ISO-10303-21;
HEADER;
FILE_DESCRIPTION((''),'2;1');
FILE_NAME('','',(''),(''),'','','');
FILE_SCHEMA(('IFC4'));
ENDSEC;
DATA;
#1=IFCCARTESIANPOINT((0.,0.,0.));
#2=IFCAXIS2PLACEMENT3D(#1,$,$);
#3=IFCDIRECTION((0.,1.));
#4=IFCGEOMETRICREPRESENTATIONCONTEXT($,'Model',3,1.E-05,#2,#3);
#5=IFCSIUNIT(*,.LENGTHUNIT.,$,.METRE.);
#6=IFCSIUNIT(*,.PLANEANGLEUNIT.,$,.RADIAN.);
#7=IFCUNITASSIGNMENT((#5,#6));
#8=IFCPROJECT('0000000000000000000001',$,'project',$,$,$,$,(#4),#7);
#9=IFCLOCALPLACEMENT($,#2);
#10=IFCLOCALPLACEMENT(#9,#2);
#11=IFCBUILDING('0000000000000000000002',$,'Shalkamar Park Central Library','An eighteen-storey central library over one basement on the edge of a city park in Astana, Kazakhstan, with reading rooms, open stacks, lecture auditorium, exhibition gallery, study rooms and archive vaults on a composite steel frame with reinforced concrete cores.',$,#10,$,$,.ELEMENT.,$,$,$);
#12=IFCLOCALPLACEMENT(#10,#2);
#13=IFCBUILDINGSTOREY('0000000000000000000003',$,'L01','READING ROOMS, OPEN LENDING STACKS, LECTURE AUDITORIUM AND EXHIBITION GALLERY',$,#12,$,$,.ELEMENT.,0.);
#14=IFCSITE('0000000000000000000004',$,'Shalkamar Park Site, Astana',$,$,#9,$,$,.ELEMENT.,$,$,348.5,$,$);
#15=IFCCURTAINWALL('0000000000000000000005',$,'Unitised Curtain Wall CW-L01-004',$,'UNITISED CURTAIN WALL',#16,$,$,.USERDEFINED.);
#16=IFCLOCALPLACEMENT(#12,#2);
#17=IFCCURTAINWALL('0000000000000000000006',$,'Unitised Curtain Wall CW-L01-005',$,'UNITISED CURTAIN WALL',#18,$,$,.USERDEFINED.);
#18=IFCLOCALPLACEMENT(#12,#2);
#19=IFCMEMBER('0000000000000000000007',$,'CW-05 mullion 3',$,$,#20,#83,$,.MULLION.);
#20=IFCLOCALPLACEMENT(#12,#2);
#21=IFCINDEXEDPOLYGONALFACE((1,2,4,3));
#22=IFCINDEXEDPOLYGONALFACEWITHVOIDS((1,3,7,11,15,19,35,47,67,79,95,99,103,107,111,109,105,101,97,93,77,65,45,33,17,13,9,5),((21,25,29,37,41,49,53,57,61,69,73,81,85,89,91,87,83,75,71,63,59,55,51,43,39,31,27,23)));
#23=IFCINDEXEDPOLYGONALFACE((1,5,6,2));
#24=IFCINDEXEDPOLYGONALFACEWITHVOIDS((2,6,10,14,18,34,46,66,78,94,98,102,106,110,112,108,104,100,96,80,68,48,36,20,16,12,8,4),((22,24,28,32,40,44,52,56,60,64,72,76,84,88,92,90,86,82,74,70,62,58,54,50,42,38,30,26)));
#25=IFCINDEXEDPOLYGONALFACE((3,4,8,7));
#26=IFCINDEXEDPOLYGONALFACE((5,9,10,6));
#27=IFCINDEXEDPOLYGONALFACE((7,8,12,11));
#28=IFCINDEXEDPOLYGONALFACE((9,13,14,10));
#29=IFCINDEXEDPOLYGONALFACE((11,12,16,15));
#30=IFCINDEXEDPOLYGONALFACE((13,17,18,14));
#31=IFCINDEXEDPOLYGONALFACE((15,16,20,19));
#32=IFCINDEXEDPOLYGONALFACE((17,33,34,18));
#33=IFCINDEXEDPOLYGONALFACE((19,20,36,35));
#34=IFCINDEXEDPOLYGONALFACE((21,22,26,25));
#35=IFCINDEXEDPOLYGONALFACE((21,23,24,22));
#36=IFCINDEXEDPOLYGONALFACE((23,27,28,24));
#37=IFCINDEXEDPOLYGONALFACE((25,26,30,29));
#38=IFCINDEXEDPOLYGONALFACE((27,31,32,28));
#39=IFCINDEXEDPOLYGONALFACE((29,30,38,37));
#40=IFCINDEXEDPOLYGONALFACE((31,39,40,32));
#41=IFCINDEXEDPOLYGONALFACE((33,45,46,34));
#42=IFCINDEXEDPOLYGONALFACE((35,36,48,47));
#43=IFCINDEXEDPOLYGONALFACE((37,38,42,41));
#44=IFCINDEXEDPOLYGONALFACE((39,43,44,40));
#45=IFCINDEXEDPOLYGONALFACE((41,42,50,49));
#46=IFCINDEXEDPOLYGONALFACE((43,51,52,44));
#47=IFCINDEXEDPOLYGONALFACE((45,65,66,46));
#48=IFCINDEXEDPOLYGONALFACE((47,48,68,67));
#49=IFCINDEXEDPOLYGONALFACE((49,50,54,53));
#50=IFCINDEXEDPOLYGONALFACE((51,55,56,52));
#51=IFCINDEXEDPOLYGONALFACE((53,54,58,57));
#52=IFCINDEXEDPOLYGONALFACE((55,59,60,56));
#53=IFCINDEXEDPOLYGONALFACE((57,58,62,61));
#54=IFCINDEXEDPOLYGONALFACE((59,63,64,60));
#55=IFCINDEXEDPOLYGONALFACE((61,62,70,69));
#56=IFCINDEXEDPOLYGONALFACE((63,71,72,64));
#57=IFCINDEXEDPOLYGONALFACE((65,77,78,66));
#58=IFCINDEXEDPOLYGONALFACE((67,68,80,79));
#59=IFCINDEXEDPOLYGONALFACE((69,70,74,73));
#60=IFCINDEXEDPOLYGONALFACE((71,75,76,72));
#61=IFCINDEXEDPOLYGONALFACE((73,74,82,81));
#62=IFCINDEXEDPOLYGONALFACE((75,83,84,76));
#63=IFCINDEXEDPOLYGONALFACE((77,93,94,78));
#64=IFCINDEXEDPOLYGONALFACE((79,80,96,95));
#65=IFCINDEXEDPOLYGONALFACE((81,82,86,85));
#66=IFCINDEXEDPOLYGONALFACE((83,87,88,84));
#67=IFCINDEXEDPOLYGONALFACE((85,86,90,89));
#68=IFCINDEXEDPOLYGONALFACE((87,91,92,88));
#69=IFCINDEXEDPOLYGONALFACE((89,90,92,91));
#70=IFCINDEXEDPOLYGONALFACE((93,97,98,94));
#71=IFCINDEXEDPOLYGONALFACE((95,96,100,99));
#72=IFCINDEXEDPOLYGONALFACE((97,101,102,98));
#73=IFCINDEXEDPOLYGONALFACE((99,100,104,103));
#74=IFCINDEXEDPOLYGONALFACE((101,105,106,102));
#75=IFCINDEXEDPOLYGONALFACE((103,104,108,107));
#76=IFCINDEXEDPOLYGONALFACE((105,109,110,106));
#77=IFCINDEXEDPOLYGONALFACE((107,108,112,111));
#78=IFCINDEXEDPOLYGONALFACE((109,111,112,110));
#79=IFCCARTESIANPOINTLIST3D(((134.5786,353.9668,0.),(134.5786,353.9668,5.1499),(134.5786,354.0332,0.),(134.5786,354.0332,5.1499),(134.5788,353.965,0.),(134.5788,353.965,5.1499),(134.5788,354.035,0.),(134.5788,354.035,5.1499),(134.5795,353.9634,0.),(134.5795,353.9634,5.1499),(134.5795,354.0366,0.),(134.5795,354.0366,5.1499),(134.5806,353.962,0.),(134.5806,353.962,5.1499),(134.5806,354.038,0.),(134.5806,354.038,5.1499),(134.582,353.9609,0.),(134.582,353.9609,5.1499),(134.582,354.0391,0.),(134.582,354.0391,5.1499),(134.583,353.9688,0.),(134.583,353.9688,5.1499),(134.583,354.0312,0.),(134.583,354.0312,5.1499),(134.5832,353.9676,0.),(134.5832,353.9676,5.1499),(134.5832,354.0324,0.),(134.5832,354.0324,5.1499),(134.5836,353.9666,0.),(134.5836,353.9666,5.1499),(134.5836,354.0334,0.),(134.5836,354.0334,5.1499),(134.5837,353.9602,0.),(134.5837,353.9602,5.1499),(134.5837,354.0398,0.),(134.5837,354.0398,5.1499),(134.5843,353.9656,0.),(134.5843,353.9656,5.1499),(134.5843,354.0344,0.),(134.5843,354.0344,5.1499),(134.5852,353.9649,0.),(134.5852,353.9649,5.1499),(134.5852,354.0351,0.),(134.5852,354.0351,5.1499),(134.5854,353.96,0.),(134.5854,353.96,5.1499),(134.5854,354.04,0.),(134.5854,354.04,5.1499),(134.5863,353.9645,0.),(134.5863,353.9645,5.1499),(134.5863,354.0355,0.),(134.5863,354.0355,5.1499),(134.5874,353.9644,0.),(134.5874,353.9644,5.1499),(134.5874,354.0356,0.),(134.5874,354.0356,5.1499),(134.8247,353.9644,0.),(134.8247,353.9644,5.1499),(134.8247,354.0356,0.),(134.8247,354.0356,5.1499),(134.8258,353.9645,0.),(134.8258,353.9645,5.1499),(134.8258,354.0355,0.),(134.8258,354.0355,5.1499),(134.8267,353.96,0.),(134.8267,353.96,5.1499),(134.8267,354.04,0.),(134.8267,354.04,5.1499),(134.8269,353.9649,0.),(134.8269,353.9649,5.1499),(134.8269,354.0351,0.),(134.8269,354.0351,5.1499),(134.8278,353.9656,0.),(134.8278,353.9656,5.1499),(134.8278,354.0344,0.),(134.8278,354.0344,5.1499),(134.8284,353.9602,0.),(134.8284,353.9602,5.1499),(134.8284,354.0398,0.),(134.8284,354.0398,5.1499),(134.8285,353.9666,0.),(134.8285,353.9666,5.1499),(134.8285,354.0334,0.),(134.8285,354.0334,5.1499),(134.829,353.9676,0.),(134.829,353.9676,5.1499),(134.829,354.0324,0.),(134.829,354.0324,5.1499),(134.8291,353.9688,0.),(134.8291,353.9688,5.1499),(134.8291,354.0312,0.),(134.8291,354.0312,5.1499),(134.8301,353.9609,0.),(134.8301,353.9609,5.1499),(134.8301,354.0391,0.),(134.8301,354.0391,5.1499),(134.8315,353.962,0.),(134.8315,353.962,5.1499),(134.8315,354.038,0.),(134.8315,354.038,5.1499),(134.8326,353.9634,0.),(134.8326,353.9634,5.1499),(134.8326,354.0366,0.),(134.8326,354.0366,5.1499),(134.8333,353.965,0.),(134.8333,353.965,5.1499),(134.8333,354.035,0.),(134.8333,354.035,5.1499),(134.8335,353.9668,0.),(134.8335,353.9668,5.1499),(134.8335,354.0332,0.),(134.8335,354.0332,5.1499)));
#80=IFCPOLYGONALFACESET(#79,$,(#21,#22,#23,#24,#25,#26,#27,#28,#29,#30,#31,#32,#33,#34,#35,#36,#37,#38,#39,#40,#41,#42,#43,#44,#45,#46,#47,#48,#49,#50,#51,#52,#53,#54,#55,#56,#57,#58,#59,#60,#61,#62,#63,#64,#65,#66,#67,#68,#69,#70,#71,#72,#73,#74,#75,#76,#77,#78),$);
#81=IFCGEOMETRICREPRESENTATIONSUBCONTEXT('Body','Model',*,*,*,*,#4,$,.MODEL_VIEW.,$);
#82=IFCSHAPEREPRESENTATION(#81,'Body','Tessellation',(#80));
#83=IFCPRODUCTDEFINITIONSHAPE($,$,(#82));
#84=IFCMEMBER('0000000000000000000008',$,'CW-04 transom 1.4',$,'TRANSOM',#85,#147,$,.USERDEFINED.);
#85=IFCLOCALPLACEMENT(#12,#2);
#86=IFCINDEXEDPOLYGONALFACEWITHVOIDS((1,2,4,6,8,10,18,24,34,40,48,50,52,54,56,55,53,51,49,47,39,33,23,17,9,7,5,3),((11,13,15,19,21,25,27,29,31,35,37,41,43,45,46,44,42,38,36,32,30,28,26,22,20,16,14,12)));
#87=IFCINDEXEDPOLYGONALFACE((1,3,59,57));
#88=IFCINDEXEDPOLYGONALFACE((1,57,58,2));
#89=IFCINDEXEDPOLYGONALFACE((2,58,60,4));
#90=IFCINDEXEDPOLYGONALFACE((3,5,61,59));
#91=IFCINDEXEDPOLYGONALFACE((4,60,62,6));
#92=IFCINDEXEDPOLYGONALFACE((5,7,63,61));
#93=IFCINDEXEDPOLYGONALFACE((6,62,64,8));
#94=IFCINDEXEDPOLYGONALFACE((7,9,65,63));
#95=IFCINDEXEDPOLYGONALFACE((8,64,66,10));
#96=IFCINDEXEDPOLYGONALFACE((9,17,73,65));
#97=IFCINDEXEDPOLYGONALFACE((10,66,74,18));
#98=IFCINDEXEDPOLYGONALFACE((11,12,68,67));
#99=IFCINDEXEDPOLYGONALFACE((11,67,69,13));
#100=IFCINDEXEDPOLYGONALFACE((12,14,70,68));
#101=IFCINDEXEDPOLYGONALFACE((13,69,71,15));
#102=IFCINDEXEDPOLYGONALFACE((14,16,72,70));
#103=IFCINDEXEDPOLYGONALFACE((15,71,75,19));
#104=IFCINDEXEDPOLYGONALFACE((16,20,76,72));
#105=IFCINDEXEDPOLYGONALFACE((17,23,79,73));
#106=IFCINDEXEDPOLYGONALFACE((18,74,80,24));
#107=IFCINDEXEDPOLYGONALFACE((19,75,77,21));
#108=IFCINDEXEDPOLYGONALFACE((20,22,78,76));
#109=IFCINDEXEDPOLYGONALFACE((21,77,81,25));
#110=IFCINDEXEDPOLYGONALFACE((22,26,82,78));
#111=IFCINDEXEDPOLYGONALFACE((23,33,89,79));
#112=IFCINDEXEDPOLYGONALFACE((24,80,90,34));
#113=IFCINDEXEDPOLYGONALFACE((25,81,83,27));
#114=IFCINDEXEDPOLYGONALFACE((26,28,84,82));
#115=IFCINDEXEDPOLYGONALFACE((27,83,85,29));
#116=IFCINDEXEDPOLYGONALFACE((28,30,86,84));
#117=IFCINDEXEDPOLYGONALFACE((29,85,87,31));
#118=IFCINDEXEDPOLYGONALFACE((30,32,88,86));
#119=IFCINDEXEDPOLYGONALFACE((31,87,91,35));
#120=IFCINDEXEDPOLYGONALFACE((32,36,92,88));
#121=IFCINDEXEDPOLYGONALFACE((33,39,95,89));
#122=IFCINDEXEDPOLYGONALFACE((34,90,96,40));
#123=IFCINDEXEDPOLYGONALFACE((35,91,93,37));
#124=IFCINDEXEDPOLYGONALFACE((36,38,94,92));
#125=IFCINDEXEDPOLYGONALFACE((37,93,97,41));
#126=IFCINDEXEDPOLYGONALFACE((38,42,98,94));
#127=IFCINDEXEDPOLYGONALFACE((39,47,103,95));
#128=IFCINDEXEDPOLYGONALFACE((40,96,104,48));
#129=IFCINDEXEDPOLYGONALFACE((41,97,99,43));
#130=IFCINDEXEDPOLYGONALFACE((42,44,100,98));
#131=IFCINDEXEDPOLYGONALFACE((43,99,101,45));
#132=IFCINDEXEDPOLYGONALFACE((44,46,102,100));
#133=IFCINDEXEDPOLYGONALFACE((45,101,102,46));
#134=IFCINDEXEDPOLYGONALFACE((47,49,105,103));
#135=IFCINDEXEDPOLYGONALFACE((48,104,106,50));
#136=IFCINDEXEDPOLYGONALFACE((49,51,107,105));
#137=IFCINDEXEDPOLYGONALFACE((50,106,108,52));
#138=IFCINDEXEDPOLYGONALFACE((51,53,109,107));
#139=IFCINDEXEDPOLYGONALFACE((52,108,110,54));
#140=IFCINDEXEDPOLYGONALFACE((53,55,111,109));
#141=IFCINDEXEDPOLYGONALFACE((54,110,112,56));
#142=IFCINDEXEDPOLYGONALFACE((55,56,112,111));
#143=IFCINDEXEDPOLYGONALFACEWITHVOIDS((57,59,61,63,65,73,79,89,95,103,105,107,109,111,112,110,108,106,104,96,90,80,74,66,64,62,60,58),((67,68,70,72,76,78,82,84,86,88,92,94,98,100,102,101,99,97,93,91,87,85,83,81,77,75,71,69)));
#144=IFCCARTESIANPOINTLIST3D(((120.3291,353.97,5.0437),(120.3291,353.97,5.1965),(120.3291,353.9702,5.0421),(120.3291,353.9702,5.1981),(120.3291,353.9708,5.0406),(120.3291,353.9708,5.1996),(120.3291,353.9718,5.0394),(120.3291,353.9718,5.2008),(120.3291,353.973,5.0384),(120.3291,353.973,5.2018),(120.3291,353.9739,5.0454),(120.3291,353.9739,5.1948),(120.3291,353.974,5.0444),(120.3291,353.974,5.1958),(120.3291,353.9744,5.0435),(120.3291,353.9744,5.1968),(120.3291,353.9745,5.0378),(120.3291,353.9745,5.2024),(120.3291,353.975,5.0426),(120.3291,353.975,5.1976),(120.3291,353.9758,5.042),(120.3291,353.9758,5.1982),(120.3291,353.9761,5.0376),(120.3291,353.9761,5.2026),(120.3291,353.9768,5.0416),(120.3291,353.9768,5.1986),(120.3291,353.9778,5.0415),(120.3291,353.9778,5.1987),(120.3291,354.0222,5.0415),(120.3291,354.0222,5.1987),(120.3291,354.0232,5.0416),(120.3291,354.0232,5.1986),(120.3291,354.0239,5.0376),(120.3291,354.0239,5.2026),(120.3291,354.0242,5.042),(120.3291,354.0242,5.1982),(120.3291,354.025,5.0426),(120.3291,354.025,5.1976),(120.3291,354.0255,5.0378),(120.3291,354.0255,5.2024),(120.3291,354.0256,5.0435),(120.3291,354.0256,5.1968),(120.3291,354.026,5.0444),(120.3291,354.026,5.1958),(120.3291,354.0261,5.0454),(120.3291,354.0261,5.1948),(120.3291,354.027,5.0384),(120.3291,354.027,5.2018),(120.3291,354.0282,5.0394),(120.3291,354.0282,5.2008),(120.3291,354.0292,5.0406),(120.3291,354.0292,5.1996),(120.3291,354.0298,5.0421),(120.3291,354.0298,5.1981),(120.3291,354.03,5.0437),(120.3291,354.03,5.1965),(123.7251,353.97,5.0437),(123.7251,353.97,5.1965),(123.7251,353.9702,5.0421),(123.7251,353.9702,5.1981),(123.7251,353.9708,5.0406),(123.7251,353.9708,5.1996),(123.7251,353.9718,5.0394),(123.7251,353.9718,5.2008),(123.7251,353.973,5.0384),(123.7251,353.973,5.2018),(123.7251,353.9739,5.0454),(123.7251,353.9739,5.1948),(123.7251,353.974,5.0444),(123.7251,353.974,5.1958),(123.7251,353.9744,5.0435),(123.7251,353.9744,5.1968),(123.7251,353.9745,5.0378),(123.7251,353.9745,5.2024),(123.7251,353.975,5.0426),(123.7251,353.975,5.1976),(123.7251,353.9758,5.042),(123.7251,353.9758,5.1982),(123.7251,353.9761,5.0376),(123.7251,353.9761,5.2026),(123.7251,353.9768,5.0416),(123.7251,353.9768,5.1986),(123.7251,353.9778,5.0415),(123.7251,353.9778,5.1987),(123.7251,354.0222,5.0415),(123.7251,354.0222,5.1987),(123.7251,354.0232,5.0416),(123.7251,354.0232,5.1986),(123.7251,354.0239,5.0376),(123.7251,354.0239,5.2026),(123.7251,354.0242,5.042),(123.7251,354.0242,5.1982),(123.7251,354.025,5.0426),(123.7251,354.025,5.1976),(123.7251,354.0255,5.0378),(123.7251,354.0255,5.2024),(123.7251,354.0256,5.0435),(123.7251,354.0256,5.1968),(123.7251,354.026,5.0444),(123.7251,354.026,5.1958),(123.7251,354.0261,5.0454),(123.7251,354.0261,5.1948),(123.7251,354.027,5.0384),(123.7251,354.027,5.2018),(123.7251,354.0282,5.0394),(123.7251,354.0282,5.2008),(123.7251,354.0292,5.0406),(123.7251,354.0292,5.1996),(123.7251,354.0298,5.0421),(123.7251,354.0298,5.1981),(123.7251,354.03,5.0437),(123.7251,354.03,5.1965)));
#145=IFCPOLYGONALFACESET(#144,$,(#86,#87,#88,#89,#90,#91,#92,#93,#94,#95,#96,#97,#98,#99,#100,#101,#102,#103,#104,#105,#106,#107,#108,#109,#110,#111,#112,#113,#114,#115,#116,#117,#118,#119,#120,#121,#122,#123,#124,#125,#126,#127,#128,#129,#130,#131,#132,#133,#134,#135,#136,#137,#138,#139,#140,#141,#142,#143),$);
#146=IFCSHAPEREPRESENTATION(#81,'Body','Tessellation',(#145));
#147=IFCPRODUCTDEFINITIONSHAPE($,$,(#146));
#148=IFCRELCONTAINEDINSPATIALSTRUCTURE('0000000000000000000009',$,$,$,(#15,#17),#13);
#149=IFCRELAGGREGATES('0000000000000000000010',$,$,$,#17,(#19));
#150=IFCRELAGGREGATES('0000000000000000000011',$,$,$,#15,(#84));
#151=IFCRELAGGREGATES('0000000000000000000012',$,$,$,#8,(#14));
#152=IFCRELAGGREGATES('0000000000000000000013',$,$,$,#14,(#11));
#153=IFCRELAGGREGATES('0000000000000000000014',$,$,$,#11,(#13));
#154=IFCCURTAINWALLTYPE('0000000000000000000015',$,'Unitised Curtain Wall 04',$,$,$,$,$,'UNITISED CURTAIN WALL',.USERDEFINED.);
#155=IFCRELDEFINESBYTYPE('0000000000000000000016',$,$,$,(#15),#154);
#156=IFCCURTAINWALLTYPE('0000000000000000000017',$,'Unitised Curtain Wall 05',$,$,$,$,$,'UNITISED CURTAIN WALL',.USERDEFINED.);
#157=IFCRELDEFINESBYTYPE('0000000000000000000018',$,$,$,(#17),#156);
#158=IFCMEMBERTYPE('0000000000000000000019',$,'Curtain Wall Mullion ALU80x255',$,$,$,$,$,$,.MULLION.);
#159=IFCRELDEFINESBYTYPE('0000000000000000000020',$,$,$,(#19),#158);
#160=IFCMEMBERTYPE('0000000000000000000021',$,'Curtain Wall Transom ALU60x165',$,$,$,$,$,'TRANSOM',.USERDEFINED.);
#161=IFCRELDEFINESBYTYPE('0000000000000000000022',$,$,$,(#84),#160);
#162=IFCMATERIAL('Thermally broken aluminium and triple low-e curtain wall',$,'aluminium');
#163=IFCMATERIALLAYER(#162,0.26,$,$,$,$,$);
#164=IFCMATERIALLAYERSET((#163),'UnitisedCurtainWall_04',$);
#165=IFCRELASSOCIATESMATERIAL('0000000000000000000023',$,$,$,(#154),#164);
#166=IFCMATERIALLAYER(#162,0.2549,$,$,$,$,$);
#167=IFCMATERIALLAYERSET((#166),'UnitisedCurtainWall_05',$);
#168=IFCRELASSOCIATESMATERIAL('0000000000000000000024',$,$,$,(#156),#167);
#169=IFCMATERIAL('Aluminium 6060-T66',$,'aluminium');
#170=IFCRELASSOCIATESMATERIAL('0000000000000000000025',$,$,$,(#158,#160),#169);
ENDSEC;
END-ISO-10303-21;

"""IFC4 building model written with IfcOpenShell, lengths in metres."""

from ifc_helpers import new_model, si_unit, direction, frame, origin, origin_2d, place, context, subcontext, project, spatial, hollow_rectangle, extrude, material, layer, layer_set, material_profile, profile_set, type_object, element, aggregate, save


model = new_model("IFC4")

# Units and contexts
model_context = context("Model", 3, precision=1e-05, world=origin(), true_north=direction((0.0, 1.0)))
body_context = subcontext(model_context, "Body", "Model", "MODEL_VIEW")
ifc_project = project(units=[si_unit("LENGTHUNIT", "METRE"), si_unit("PLANEANGLEUNIT", "RADIAN")], contexts=[model_context])

# Site, building, storey
site_placement = place(None, origin())
site = spatial("IfcSite", under=ifc_project, at=site_placement, Name="Shalkamar Park Site, Astana", CompositionType="ELEMENT", RefElevation=348.5)
building_placement = place(site_placement, origin())
building = spatial("IfcBuilding", under=site, at=building_placement, Name="Shalkamar Park Central Library", Description="An eighteen-storey central library over one basement on the edge of a city park in Astana, Kazakhstan, with reading rooms, open stacks, lecture auditorium, exhibition gallery, study rooms and archive vaults on a composite steel frame with reinforced concrete cores.", CompositionType="ELEMENT")
storey_placement = place(building_placement, origin())
storey = spatial("IfcBuildingStorey", under=building, at=storey_placement, Name="L01", Description="READING ROOMS, OPEN LENDING STACKS, LECTURE AUDITORIUM AND EXHIBITION GALLERY", CompositionType="ELEMENT", Elevation=0.0)

# Curtain walls, member
ifc_material_1 = material(Name="Thermally broken aluminium and triple low-e curtain wall", Category="aluminium")
ifc_layer_1 = layer(ifc_material_1, 0.26)
ifc_layer_set_1 = layer_set([ifc_layer_1], Name="UnitisedCurtainWall_04")
curtain_wall_type_1 = type_object("IfcCurtainWallType", Name="Unitised Curtain Wall 04", ElementType="UNITISED CURTAIN WALL", PredefinedType="USERDEFINED", material=ifc_layer_set_1)
curtain_wall_1_placement = place(storey_placement, origin())
curtain_wall_1 = element("IfcCurtainWall", 1, at=curtain_wall_1_placement, inside=storey, type_object=curtain_wall_type_1, Name="Unitised Curtain Wall CW-L01-004", ObjectType="UNITISED CURTAIN WALL", PredefinedType="USERDEFINED")
ifc_material_2 = material(Name="Aluminium 6060-T66", Category="aluminium")
ifc_layer_2 = layer(ifc_material_1, 0.2549)
ifc_layer_set_2 = layer_set([ifc_layer_2], Name="UnitisedCurtainWall_05")
curtain_wall_type_2 = type_object("IfcCurtainWallType", Name="Unitised Curtain Wall 05", ElementType="UNITISED CURTAIN WALL", PredefinedType="USERDEFINED", material=ifc_layer_set_2)
curtain_wall_2_placement = place(storey_placement, origin())
curtain_wall_2 = element("IfcCurtainWall", 2, at=curtain_wall_2_placement, inside=storey, type_object=curtain_wall_type_2, Name="Unitised Curtain Wall CW-L01-005", ObjectType="UNITISED CURTAIN WALL", PredefinedType="USERDEFINED")
ifc_material_profile_1 = material_profile(ifc_material_2, hollow_rectangle(XDim=0.0801, YDim=0.2549, WallThickness=0.0044, InnerFilletRadius=0.0044, OuterFilletRadius=0.0068, at=origin_2d()), Name="ALU 80x255x4.5")
ifc_profile_set_1 = profile_set([ifc_material_profile_1], Name="Aluminium 6060-T66")
member_type_1 = type_object("IfcMemberType", Name="Curtain Wall Mullion ALU80x255", PredefinedType="MULLION", material=ifc_profile_set_1)
member_1_placement = place(storey_placement, frame((134.7061, 354.0, 0.0), z_axis=(0.0, 0.0, 1.0), x_axis=(0.0, 1.0, 0.0)))
member_1 = element("IfcMember", 3, at=member_1_placement, type_object=member_type_1, Name="CW-05 mullion 3", PredefinedType="MULLION", context=body_context, shape_type="SweptSolid", body=[
    extrude(hollow_rectangle(XDim=0.0801, YDim=0.2549, WallThickness=0.0044, InnerFilletRadius=0.0044, OuterFilletRadius=0.0068, at=origin_2d()), origin(), (0.0, 0.0, 1.0), 5.1499),
])

# Member
ifc_material_profile_2 = material_profile(ifc_material_2, hollow_rectangle(XDim=0.0601, YDim=0.165, WallThickness=0.0039, InnerFilletRadius=0.0039, OuterFilletRadius=0.0061, at=origin_2d()), Name="ALU 60x165x4")
ifc_profile_set_2 = profile_set([ifc_material_profile_2], Name="Aluminium 6060-T66")
member_type_2 = type_object("IfcMemberType", Name="Curtain Wall Transom ALU60x165", ElementType="TRANSOM", PredefinedType="USERDEFINED", material=ifc_profile_set_2)
member_2_placement = place(storey_placement, frame((120.3291, 354.0, 5.1201), z_axis=(1.0, 0.0, 0.0), x_axis=(0.0, 1.0, 0.0)))
member_2 = element("IfcMember", 4, at=member_2_placement, type_object=member_type_2, Name="CW-04 transom 1.4", ObjectType="TRANSOM", PredefinedType="USERDEFINED", context=body_context, shape_type="SweptSolid", body=[
    extrude(hollow_rectangle(XDim=0.0601, YDim=0.165, WallThickness=0.0039, InnerFilletRadius=0.0039, OuterFilletRadius=0.0061, at=origin_2d()), origin(), (0.0, 0.0, 1.0), 3.396),
])

aggregate(curtain_wall_2, [member_1])
aggregate(curtain_wall_1, [member_2])

save(model, "model.ifc")
